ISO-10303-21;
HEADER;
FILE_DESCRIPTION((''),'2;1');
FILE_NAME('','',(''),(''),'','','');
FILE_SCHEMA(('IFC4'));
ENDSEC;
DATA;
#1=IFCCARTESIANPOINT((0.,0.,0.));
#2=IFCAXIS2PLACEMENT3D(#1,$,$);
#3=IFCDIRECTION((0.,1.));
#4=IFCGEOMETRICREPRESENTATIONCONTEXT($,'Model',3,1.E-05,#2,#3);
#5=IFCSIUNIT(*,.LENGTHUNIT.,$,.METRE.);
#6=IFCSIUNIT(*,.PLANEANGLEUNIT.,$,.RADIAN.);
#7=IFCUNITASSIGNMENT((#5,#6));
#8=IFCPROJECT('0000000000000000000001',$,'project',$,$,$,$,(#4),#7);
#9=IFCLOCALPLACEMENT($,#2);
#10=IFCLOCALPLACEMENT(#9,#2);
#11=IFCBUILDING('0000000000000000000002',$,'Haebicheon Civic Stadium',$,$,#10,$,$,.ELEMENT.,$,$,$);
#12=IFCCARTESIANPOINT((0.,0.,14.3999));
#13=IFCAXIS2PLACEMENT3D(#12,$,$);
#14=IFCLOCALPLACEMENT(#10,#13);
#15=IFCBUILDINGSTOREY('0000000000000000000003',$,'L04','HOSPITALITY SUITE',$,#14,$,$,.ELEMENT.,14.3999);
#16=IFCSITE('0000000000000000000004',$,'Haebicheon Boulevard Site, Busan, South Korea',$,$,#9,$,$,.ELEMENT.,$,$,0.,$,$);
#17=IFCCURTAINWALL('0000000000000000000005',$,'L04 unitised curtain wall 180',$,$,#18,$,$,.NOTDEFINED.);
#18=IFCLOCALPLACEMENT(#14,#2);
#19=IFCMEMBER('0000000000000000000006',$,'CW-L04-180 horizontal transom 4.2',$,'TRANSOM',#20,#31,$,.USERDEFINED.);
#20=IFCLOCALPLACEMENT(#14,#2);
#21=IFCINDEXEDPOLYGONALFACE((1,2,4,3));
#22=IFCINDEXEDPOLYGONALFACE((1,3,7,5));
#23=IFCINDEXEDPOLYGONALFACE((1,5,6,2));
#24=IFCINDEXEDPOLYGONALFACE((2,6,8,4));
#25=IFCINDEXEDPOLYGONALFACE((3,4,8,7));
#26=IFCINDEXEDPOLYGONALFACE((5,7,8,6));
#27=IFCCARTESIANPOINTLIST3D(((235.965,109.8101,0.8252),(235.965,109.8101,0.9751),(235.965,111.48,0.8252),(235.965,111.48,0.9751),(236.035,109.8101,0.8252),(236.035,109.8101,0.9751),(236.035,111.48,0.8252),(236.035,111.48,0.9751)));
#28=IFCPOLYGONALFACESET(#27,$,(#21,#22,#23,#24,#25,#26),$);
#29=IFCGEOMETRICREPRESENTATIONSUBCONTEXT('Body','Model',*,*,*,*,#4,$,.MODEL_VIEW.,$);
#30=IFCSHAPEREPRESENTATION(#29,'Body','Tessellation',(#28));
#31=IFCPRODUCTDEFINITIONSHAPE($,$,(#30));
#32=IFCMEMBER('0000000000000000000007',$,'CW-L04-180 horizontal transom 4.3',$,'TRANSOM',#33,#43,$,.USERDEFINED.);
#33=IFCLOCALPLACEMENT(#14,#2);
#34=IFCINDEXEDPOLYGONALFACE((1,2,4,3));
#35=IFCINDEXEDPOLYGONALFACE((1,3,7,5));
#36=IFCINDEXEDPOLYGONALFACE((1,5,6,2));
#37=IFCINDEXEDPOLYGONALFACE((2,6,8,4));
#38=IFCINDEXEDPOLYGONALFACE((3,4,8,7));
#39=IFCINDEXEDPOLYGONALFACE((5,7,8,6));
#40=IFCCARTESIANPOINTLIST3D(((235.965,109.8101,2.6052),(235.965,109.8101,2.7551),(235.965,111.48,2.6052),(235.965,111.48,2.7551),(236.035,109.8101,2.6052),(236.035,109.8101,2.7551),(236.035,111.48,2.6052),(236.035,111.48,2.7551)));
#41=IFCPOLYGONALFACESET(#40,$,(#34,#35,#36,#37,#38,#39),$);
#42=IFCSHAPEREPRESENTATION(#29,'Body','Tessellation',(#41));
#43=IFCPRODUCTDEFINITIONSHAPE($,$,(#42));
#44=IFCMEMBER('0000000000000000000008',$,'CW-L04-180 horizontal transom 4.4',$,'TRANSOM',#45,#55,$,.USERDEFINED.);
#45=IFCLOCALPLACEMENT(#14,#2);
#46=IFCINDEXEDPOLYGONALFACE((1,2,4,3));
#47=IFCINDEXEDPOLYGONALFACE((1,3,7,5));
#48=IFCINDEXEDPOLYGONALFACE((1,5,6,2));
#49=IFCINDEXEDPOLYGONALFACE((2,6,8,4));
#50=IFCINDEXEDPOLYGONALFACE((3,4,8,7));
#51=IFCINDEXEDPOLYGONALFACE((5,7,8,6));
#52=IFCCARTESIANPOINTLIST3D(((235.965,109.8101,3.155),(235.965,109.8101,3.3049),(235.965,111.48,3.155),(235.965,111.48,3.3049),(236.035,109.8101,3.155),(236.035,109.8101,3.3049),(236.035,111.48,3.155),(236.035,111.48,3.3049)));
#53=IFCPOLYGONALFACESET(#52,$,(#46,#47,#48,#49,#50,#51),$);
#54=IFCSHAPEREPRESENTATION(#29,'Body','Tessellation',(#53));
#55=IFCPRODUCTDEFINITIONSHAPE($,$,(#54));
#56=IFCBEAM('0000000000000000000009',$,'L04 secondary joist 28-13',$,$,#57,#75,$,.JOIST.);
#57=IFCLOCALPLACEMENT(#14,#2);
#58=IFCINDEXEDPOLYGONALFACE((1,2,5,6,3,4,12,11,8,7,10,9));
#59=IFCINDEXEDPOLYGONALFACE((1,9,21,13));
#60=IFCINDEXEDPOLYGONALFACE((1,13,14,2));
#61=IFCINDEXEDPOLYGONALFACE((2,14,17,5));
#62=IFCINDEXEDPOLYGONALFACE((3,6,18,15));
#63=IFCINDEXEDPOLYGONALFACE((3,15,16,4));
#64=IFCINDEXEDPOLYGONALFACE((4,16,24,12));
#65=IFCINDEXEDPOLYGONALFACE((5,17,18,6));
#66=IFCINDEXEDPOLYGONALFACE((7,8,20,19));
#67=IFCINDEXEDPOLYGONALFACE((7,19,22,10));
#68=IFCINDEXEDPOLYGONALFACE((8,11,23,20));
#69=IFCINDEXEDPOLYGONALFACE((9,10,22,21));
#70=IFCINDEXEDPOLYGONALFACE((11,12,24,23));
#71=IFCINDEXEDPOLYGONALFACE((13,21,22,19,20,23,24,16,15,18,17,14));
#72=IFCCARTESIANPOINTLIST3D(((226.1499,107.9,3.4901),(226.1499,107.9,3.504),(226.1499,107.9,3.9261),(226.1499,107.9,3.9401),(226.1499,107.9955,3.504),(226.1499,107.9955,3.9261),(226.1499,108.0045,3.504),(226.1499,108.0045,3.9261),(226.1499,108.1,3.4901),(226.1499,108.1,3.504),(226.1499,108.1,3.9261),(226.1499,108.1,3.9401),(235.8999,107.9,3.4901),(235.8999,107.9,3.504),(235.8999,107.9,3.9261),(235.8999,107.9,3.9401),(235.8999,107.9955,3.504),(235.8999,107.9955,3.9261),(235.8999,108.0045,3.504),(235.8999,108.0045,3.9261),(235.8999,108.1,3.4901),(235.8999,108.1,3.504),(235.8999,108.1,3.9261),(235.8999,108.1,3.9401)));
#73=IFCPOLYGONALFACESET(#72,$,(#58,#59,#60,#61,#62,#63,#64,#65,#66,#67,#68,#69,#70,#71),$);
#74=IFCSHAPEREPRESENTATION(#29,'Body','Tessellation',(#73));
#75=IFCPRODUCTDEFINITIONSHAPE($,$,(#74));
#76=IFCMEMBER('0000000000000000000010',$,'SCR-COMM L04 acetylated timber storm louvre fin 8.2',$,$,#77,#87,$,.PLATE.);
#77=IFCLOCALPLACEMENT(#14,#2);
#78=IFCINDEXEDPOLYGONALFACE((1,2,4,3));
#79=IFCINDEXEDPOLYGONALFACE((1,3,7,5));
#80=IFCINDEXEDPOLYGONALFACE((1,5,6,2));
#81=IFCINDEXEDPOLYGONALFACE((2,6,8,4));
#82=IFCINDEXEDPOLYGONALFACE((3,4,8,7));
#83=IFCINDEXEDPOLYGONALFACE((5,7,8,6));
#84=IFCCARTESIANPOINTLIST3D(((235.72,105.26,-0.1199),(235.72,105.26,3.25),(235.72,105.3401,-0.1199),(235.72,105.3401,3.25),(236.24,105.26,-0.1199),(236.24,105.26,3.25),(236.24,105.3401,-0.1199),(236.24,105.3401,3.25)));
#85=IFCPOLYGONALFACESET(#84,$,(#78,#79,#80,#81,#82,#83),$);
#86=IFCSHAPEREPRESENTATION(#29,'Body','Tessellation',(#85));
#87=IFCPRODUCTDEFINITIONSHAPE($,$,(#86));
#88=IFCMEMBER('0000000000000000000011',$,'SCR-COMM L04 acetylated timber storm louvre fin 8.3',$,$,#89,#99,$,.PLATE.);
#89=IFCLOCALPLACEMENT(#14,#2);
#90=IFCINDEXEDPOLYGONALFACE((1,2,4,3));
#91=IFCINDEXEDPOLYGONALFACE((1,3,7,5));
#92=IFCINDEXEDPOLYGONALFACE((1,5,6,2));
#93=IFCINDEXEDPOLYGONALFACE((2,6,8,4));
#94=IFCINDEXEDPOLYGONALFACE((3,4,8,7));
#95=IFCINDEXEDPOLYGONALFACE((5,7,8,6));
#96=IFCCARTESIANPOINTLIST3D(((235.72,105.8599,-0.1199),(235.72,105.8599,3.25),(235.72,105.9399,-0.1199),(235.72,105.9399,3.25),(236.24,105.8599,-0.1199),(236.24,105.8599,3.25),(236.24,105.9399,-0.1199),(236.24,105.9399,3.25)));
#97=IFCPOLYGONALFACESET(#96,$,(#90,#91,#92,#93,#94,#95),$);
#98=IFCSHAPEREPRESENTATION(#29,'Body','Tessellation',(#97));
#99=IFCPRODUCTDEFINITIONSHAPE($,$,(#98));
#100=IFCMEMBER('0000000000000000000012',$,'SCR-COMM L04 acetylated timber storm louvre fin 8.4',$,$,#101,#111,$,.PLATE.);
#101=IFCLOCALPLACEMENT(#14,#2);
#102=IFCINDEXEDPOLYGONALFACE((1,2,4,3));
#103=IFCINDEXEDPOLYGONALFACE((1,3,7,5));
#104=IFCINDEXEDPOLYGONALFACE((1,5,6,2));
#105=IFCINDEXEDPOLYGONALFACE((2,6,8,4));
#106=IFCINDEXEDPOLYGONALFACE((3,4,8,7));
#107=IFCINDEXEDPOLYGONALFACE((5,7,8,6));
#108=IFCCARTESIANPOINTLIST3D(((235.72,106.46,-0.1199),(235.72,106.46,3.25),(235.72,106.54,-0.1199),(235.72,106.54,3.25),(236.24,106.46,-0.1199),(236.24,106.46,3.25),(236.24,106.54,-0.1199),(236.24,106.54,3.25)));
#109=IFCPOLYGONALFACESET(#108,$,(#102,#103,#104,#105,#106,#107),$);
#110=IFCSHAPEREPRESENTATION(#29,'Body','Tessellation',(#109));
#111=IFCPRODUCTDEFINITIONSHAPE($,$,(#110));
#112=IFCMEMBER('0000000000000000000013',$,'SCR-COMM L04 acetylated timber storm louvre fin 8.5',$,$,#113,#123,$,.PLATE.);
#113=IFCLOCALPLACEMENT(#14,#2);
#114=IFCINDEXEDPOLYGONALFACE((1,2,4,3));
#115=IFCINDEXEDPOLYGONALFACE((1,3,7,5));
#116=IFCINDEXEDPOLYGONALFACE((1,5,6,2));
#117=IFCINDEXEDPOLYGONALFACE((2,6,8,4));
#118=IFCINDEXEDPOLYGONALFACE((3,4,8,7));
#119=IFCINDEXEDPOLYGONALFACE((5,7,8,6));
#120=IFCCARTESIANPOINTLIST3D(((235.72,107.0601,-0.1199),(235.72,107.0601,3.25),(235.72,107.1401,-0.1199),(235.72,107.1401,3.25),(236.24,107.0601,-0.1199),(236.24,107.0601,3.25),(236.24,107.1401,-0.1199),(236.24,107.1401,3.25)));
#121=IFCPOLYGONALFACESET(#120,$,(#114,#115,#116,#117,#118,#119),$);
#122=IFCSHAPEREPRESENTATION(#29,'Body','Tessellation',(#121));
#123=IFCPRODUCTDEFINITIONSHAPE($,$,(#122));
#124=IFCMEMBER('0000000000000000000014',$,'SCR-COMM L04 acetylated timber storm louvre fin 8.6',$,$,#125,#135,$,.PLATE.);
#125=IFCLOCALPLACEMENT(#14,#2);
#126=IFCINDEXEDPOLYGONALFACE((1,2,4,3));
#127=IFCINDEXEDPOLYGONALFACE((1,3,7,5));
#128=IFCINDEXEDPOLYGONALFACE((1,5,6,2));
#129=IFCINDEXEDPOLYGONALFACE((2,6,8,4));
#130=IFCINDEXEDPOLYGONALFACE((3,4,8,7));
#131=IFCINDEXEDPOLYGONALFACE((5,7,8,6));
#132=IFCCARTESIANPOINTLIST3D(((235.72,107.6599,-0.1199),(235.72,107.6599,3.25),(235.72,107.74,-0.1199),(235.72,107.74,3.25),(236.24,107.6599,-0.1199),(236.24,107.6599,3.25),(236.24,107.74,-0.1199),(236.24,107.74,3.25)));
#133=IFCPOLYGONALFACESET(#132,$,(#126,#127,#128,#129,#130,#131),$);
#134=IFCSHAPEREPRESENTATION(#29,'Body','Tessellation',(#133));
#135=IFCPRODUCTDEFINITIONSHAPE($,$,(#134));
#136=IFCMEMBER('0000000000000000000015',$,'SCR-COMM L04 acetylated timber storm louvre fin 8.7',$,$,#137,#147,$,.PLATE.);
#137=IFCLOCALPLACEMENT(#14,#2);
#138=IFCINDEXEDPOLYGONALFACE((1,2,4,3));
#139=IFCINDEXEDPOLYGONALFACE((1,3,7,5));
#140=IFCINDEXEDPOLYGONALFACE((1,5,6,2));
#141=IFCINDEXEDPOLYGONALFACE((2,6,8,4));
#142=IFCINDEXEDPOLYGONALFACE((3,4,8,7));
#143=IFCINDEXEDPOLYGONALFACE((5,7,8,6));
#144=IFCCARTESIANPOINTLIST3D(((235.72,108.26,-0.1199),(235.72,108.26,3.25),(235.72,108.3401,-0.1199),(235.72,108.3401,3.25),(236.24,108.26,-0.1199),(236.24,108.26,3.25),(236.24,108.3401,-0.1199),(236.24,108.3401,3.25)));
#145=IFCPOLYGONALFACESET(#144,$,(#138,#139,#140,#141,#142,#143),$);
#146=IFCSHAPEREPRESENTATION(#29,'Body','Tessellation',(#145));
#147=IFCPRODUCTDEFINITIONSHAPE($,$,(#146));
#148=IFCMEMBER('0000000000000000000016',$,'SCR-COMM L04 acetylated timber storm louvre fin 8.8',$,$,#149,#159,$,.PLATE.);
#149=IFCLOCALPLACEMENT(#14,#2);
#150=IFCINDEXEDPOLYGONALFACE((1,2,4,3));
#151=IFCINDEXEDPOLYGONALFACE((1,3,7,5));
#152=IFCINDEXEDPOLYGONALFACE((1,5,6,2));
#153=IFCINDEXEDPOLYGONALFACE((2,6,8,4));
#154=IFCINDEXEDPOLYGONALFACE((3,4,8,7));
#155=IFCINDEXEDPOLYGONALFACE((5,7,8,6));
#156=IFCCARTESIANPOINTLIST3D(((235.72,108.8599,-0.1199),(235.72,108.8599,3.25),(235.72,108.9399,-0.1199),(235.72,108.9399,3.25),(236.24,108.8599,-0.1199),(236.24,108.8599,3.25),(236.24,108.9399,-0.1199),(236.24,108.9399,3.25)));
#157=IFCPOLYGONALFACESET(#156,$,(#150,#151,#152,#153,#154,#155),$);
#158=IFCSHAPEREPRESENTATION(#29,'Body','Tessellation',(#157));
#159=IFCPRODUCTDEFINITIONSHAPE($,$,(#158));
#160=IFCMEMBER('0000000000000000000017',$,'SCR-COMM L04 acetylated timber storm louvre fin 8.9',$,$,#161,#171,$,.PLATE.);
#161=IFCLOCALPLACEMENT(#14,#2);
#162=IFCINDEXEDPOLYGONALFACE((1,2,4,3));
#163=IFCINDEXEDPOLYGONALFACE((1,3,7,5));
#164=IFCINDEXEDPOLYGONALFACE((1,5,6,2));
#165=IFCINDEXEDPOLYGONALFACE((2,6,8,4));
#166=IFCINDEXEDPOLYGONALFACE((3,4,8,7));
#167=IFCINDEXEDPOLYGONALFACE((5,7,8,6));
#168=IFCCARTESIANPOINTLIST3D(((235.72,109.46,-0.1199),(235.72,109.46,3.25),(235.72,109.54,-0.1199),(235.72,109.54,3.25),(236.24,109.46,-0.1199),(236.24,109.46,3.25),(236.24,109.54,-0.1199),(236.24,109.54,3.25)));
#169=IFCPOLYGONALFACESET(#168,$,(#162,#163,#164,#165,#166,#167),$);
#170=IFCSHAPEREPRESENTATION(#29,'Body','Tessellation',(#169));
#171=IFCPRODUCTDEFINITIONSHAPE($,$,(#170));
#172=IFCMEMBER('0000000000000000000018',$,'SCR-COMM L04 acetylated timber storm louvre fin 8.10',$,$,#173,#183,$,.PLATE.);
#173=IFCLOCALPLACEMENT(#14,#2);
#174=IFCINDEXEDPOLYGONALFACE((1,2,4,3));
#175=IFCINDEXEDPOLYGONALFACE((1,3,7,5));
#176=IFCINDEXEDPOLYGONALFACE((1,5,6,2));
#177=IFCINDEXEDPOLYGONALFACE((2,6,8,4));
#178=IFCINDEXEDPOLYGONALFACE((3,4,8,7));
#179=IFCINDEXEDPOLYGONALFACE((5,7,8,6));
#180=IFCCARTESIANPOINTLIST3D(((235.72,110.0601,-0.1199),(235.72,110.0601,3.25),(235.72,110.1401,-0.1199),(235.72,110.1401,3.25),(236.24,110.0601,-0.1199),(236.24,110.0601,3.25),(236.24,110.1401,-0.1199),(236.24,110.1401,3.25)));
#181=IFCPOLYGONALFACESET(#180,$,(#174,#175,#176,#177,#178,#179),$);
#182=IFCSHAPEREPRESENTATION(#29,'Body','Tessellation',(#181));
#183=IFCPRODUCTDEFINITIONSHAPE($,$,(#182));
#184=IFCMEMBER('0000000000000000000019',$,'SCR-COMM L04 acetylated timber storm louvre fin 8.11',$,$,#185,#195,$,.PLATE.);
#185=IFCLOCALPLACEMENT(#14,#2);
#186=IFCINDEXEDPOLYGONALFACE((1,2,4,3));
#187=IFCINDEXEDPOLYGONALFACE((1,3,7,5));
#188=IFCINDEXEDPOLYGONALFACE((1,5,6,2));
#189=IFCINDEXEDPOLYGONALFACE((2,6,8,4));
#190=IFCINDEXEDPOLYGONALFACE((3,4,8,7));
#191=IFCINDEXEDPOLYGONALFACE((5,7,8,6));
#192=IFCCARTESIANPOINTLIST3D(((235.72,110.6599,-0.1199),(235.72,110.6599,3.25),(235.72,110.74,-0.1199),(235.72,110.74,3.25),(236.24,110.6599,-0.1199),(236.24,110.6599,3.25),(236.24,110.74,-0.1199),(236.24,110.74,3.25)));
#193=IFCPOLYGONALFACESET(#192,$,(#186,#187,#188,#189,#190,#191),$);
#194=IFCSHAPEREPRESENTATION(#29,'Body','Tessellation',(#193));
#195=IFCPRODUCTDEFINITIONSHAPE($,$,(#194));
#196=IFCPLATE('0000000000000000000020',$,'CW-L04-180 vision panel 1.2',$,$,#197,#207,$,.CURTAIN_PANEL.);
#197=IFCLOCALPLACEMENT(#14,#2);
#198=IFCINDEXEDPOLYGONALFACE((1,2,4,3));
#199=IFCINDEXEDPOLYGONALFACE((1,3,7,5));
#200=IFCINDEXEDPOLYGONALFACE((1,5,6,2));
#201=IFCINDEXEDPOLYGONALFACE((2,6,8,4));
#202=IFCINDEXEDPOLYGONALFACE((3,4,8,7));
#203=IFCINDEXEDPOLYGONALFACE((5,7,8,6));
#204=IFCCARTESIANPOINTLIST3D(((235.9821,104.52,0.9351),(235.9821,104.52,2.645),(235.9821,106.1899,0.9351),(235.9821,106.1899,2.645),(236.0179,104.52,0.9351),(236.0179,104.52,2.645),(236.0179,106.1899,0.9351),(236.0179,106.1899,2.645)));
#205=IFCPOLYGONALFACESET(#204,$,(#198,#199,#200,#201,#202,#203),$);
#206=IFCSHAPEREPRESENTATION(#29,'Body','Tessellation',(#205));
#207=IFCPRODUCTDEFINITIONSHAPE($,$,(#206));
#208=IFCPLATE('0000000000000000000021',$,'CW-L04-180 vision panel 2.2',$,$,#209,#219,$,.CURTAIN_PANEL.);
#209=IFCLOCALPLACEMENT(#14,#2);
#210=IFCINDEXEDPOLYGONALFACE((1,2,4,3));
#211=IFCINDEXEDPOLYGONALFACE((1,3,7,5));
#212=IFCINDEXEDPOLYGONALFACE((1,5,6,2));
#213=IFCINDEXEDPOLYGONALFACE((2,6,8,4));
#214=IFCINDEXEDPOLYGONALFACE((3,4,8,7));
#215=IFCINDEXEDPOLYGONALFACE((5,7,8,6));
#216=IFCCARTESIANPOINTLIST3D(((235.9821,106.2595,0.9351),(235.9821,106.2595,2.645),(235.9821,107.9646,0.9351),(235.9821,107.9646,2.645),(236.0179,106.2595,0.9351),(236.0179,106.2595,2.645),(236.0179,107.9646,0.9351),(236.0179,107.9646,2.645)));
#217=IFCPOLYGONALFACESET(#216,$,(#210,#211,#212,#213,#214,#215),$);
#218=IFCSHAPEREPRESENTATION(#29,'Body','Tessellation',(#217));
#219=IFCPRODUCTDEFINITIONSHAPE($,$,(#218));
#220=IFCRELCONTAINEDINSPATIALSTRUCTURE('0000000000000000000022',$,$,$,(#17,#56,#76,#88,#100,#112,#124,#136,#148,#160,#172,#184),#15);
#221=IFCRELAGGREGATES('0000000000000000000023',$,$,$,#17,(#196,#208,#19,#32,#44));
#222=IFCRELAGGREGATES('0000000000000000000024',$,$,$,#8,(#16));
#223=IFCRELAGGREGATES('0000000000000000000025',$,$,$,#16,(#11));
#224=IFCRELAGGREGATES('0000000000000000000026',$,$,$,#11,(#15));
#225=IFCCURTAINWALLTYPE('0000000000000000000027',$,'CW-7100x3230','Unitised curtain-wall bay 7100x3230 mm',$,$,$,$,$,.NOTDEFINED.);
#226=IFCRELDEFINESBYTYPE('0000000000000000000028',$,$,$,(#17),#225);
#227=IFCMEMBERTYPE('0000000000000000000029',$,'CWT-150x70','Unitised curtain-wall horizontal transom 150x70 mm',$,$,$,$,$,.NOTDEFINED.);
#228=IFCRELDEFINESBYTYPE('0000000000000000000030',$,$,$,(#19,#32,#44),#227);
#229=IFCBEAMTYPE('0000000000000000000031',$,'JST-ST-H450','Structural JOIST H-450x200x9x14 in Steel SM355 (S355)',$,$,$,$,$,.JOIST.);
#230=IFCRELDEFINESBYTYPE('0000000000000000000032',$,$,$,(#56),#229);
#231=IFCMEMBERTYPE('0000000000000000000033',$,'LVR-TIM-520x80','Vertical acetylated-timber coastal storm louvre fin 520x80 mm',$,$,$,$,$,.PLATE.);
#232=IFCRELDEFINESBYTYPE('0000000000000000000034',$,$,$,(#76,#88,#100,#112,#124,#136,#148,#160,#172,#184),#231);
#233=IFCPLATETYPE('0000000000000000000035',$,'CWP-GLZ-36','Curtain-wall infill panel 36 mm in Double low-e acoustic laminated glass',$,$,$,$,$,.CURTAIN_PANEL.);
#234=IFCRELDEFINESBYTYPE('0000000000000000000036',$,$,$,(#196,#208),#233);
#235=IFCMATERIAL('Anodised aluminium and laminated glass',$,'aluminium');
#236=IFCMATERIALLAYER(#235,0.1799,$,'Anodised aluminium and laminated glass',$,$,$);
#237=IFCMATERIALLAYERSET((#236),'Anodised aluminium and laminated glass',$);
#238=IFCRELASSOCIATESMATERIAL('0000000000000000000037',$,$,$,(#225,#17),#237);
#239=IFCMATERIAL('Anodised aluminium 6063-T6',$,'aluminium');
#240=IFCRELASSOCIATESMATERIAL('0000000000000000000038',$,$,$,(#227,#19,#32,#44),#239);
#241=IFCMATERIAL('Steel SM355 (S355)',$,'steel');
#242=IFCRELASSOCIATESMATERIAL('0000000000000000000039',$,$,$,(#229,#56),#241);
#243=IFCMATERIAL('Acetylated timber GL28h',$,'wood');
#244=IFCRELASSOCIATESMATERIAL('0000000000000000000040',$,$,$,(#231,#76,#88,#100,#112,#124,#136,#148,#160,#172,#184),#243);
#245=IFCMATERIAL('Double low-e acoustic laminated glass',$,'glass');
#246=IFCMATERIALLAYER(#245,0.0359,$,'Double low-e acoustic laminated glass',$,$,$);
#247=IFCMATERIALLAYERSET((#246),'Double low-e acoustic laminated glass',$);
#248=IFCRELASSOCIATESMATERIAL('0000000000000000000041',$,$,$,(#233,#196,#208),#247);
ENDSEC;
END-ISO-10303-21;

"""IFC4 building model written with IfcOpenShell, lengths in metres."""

from ifc_helpers import new_model, si_unit, direction, frame, origin, origin_2d, place, context, subcontext, project, spatial, rectangle, i_section, extrude, material, layer, layer_set, material_profile, profile_set, type_object, element, aggregate, save


model = new_model("IFC4")

# Units and contexts
model_context = context("Model", 3, precision=1e-05, world=origin(), true_north=direction((0.0, 1.0)))
body_context = subcontext(model_context, "Body", "Model", "MODEL_VIEW")
ifc_project = project(units=[si_unit("LENGTHUNIT", "METRE"), si_unit("PLANEANGLEUNIT", "RADIAN")], contexts=[model_context])

# Site, building, storey
site_placement = place(None, origin())
site = spatial("IfcSite", under=ifc_project, at=site_placement, Name="Haebicheon Boulevard Site, Busan, South Korea", CompositionType="ELEMENT", RefElevation=0.0)
building_placement = place(site_placement, origin())
building = spatial("IfcBuilding", under=site, at=building_placement, Name="Haebicheon Civic Stadium", CompositionType="ELEMENT")
storey_placement = place(building_placement, frame((0.0, 0.0, 14.3999)))
storey = spatial("IfcBuildingStorey", under=building, at=storey_placement, Name="L04", Description="HOSPITALITY SUITE", CompositionType="ELEMENT", Elevation=14.3999)

# Curtain wall, members
ifc_material_1 = material(Name="Anodised aluminium and laminated glass", Category="aluminium")
ifc_layer_1 = layer(ifc_material_1, 0.1799, Name="Anodised aluminium and laminated glass")
ifc_layer_set_1 = layer_set([ifc_layer_1], Name="Anodised aluminium and laminated glass")
curtain_wall_type = type_object("IfcCurtainWallType", Name="CW-7100x3230", Description="Unitised curtain-wall bay 7100x3230 mm", PredefinedType="NOTDEFINED", material=ifc_layer_set_1)
curtain_wall_placement = place(storey_placement, origin())
curtain_wall = element("IfcCurtainWall", 1, at=curtain_wall_placement, inside=storey, type_object=curtain_wall_type, material=ifc_layer_set_1, Name="L04 unitised curtain wall 180", PredefinedType="NOTDEFINED")
ifc_material_2 = material(Name="Anodised aluminium 6063-T6", Category="aluminium")
ifc_material_profile_1 = material_profile(ifc_material_2, rectangle(XDim=0.0701, YDim=0.1499, at=origin_2d()), Name="ALU-TRAN-70x150")
ifc_profile_set_1 = profile_set([ifc_material_profile_1], Name="Anodised aluminium 6063-T6")
member_type_1 = type_object("IfcMemberType", Name="CWT-150x70", Description="Unitised curtain-wall horizontal transom 150x70 mm", PredefinedType="NOTDEFINED", material=ifc_profile_set_1)
member_1_placement = place(storey_placement, frame((236.0, 109.8101, 0.9001), z_axis=(0.0, 1.0, 0.0), x_axis=(-1.0, 0.0, 0.0)))
member_1 = element("IfcMember", 2, at=member_1_placement, type_object=member_type_1, material=ifc_profile_set_1, Name="CW-L04-180 horizontal transom 4.2", ObjectType="TRANSOM", PredefinedType="USERDEFINED", context=body_context, shape_type="SweptSolid", body=[
    extrude(rectangle(XDim=0.0701, YDim=0.1499, at=origin_2d()), origin(), (0.0, 0.0, 1.0), 1.6699),
])
member_2_placement = place(storey_placement, frame((236.0, 109.8101, 2.6802), z_axis=(0.0, 1.0, 0.0), x_axis=(-1.0, 0.0, 0.0)))
member_2 = element("IfcMember", 3, at=member_2_placement, type_object=member_type_1, material=ifc_profile_set_1, Name="CW-L04-180 horizontal transom 4.3", ObjectType="TRANSOM", PredefinedType="USERDEFINED", context=body_context, shape_type="SweptSolid", body=[
    extrude(rectangle(XDim=0.0701, YDim=0.1499, at=origin_2d()), origin(), (0.0, 0.0, 1.0), 1.6699),
])
member_3_placement = place(storey_placement, frame((236.0, 109.8101, 3.23), z_axis=(0.0, 1.0, 0.0), x_axis=(-1.0, 0.0, 0.0)))
member_3 = element("IfcMember", 4, at=member_3_placement, type_object=member_type_1, material=ifc_profile_set_1, Name="CW-L04-180 horizontal transom 4.4", ObjectType="TRANSOM", PredefinedType="USERDEFINED", context=body_context, shape_type="SweptSolid", body=[
    extrude(rectangle(XDim=0.0701, YDim=0.1499, at=origin_2d()), origin(), (0.0, 0.0, 1.0), 1.6699),
])

# Beam
ifc_material_3 = material(Name="Steel SM355 (S355)", Category="steel")
ifc_material_profile_2 = material_profile(ifc_material_3, i_section(OverallWidth=0.2, OverallDepth=0.45, WebThickness=0.009, FlangeThickness=0.0139, at=origin_2d()), Name="H-450x200x9x14")
ifc_profile_set_2 = profile_set([ifc_material_profile_2], Name="Steel SM355 (S355)")
beam_type = type_object("IfcBeamType", Name="JST-ST-H450", Description="Structural JOIST H-450x200x9x14 in Steel SM355 (S355)", PredefinedType="JOIST", material=ifc_profile_set_2)
beam_placement = place(storey_placement, frame((226.1499, 108.0, 3.7151), z_axis=(1.0, 0.0, 0.0), x_axis=(0.0, 1.0, 0.0)))
element("IfcBeam", 5, at=beam_placement, inside=storey, type_object=beam_type, material=ifc_profile_set_2, Name="L04 secondary joist 28-13", PredefinedType="JOIST", context=body_context, shape_type="SweptSolid", body=[
    extrude(i_section(OverallWidth=0.2, OverallDepth=0.45, WebThickness=0.009, FlangeThickness=0.0139, at=origin_2d()), origin(), (0.0, 0.0, 1.0), 9.75),
])

# Members
ifc_material_4 = material(Name="Acetylated timber GL28h", Category="wood")
ifc_material_profile_3 = material_profile(ifc_material_4, rectangle(XDim=0.0801, YDim=0.52, at=origin_2d()), Name="TMB-LOUV-80x520")
ifc_profile_set_3 = profile_set([ifc_material_profile_3], Name="Acetylated timber GL28h")
member_type_2 = type_object("IfcMemberType", Name="LVR-TIM-520x80", Description="Vertical acetylated-timber coastal storm louvre fin 520x80 mm", PredefinedType="PLATE", material=ifc_profile_set_3)
for number, where, z_axis, x_axis, name in (
    (6, (235.98, 105.3, -0.1199), (0.0, 0.0, 1.0), (0.0, 1.0, 0.0), "SCR-COMM L04 acetylated timber storm louvre fin 8.2"),
    (7, (235.98, 105.8999, -0.1199), (0.0, 0.0, 1.0), (0.0, 1.0, 0.0), "SCR-COMM L04 acetylated timber storm louvre fin 8.3"),
    (8, (235.98, 106.5, -0.1199), (0.0, 0.0, 1.0), (0.0, 1.0, 0.0), "SCR-COMM L04 acetylated timber storm louvre fin 8.4"),
    (9, (235.98, 107.1001, -0.1199), (0.0, 0.0, 1.0), (0.0, 1.0, 0.0), "SCR-COMM L04 acetylated timber storm louvre fin 8.5"),
    (10, (235.98, 107.7, -0.1199), (0.0, 0.0, 1.0), (0.0, 1.0, 0.0), "SCR-COMM L04 acetylated timber storm louvre fin 8.6"),
    (11, (235.98, 108.3, -0.1199), (0.0, 0.0, 1.0), (0.0, 1.0, 0.0), "SCR-COMM L04 acetylated timber storm louvre fin 8.7"),
    (12, (235.98, 108.8999, -0.1199), (0.0, 0.0, 1.0), (0.0, 1.0, 0.0), "SCR-COMM L04 acetylated timber storm louvre fin 8.8"),
    (13, (235.98, 109.5, -0.1199), (0.0, 0.0, 1.0), (0.0, 1.0, 0.0), "SCR-COMM L04 acetylated timber storm louvre fin 8.9"),
    (14, (235.98, 110.1001, -0.1199), (0.0, 0.0, 1.0), (0.0, 1.0, 0.0), "SCR-COMM L04 acetylated timber storm louvre fin 8.10"),
    (15, (235.98, 110.7, -0.1199), (0.0, 0.0, 1.0), (0.0, 1.0, 0.0), "SCR-COMM L04 acetylated timber storm louvre fin 8.11"),
):
    element("IfcMember", number, at=place(storey_placement, frame(where, z_axis=z_axis, x_axis=x_axis)), inside=storey, type_object=member_type_2, material=ifc_profile_set_3, Name=name, PredefinedType="PLATE", context=body_context, shape_type="SweptSolid", body=[
        extrude(rectangle(XDim=0.0801, YDim=0.52, at=origin_2d()), origin(), (0.0, 0.0, 1.0), 3.3699),
    ])

# Plates
ifc_material_5 = material(Name="Double low-e acoustic laminated glass", Category="glass")
ifc_layer_2 = layer(ifc_material_5, 0.0359, Name="Double low-e acoustic laminated glass")
ifc_layer_set_2 = layer_set([ifc_layer_2], Name="Double low-e acoustic laminated glass")
plate_type_1 = type_object("IfcPlateType", Name="CWP-GLZ-36", Description="Curtain-wall infill panel 36 mm in Double low-e acoustic laminated glass", PredefinedType="CURTAIN_PANEL", material=ifc_layer_set_2)
plate_1_placement = place(storey_placement, frame((236.0, 105.355, 0.9351), z_axis=(0.0, 0.0, 1.0), x_axis=(0.0, 1.0, 0.0)))
plate_1 = element("IfcPlate", 16, at=plate_1_placement, type_object=plate_type_1, material=ifc_layer_set_2, Name="CW-L04-180 vision panel 1.2", PredefinedType="CURTAIN_PANEL", context=body_context, shape_type="SweptSolid", body=[
    extrude(rectangle(XDim=1.6699, YDim=0.0359, at=origin_2d()), origin(), (0.0, 0.0, 1.0), 1.71),
])
plate_2_placement = place(storey_placement, frame((236.0, 107.1121, 0.9351), z_axis=(0.0, 0.0, 1.0), x_axis=(0.0, 1.0, 0.0)))
plate_2 = element("IfcPlate", 17, at=plate_2_placement, type_object=plate_type_1, material=ifc_layer_set_2, Name="CW-L04-180 vision panel 2.2", PredefinedType="CURTAIN_PANEL", context=body_context, shape_type="SweptSolid", body=[
    extrude(rectangle(XDim=1.7051, YDim=0.0359, at=origin_2d()), origin(), (0.0, 0.0, 1.0), 1.71),
])
aggregate(curtain_wall, [plate_1, plate_2, member_1, member_2, member_3])

save(model, "model.ifc")
